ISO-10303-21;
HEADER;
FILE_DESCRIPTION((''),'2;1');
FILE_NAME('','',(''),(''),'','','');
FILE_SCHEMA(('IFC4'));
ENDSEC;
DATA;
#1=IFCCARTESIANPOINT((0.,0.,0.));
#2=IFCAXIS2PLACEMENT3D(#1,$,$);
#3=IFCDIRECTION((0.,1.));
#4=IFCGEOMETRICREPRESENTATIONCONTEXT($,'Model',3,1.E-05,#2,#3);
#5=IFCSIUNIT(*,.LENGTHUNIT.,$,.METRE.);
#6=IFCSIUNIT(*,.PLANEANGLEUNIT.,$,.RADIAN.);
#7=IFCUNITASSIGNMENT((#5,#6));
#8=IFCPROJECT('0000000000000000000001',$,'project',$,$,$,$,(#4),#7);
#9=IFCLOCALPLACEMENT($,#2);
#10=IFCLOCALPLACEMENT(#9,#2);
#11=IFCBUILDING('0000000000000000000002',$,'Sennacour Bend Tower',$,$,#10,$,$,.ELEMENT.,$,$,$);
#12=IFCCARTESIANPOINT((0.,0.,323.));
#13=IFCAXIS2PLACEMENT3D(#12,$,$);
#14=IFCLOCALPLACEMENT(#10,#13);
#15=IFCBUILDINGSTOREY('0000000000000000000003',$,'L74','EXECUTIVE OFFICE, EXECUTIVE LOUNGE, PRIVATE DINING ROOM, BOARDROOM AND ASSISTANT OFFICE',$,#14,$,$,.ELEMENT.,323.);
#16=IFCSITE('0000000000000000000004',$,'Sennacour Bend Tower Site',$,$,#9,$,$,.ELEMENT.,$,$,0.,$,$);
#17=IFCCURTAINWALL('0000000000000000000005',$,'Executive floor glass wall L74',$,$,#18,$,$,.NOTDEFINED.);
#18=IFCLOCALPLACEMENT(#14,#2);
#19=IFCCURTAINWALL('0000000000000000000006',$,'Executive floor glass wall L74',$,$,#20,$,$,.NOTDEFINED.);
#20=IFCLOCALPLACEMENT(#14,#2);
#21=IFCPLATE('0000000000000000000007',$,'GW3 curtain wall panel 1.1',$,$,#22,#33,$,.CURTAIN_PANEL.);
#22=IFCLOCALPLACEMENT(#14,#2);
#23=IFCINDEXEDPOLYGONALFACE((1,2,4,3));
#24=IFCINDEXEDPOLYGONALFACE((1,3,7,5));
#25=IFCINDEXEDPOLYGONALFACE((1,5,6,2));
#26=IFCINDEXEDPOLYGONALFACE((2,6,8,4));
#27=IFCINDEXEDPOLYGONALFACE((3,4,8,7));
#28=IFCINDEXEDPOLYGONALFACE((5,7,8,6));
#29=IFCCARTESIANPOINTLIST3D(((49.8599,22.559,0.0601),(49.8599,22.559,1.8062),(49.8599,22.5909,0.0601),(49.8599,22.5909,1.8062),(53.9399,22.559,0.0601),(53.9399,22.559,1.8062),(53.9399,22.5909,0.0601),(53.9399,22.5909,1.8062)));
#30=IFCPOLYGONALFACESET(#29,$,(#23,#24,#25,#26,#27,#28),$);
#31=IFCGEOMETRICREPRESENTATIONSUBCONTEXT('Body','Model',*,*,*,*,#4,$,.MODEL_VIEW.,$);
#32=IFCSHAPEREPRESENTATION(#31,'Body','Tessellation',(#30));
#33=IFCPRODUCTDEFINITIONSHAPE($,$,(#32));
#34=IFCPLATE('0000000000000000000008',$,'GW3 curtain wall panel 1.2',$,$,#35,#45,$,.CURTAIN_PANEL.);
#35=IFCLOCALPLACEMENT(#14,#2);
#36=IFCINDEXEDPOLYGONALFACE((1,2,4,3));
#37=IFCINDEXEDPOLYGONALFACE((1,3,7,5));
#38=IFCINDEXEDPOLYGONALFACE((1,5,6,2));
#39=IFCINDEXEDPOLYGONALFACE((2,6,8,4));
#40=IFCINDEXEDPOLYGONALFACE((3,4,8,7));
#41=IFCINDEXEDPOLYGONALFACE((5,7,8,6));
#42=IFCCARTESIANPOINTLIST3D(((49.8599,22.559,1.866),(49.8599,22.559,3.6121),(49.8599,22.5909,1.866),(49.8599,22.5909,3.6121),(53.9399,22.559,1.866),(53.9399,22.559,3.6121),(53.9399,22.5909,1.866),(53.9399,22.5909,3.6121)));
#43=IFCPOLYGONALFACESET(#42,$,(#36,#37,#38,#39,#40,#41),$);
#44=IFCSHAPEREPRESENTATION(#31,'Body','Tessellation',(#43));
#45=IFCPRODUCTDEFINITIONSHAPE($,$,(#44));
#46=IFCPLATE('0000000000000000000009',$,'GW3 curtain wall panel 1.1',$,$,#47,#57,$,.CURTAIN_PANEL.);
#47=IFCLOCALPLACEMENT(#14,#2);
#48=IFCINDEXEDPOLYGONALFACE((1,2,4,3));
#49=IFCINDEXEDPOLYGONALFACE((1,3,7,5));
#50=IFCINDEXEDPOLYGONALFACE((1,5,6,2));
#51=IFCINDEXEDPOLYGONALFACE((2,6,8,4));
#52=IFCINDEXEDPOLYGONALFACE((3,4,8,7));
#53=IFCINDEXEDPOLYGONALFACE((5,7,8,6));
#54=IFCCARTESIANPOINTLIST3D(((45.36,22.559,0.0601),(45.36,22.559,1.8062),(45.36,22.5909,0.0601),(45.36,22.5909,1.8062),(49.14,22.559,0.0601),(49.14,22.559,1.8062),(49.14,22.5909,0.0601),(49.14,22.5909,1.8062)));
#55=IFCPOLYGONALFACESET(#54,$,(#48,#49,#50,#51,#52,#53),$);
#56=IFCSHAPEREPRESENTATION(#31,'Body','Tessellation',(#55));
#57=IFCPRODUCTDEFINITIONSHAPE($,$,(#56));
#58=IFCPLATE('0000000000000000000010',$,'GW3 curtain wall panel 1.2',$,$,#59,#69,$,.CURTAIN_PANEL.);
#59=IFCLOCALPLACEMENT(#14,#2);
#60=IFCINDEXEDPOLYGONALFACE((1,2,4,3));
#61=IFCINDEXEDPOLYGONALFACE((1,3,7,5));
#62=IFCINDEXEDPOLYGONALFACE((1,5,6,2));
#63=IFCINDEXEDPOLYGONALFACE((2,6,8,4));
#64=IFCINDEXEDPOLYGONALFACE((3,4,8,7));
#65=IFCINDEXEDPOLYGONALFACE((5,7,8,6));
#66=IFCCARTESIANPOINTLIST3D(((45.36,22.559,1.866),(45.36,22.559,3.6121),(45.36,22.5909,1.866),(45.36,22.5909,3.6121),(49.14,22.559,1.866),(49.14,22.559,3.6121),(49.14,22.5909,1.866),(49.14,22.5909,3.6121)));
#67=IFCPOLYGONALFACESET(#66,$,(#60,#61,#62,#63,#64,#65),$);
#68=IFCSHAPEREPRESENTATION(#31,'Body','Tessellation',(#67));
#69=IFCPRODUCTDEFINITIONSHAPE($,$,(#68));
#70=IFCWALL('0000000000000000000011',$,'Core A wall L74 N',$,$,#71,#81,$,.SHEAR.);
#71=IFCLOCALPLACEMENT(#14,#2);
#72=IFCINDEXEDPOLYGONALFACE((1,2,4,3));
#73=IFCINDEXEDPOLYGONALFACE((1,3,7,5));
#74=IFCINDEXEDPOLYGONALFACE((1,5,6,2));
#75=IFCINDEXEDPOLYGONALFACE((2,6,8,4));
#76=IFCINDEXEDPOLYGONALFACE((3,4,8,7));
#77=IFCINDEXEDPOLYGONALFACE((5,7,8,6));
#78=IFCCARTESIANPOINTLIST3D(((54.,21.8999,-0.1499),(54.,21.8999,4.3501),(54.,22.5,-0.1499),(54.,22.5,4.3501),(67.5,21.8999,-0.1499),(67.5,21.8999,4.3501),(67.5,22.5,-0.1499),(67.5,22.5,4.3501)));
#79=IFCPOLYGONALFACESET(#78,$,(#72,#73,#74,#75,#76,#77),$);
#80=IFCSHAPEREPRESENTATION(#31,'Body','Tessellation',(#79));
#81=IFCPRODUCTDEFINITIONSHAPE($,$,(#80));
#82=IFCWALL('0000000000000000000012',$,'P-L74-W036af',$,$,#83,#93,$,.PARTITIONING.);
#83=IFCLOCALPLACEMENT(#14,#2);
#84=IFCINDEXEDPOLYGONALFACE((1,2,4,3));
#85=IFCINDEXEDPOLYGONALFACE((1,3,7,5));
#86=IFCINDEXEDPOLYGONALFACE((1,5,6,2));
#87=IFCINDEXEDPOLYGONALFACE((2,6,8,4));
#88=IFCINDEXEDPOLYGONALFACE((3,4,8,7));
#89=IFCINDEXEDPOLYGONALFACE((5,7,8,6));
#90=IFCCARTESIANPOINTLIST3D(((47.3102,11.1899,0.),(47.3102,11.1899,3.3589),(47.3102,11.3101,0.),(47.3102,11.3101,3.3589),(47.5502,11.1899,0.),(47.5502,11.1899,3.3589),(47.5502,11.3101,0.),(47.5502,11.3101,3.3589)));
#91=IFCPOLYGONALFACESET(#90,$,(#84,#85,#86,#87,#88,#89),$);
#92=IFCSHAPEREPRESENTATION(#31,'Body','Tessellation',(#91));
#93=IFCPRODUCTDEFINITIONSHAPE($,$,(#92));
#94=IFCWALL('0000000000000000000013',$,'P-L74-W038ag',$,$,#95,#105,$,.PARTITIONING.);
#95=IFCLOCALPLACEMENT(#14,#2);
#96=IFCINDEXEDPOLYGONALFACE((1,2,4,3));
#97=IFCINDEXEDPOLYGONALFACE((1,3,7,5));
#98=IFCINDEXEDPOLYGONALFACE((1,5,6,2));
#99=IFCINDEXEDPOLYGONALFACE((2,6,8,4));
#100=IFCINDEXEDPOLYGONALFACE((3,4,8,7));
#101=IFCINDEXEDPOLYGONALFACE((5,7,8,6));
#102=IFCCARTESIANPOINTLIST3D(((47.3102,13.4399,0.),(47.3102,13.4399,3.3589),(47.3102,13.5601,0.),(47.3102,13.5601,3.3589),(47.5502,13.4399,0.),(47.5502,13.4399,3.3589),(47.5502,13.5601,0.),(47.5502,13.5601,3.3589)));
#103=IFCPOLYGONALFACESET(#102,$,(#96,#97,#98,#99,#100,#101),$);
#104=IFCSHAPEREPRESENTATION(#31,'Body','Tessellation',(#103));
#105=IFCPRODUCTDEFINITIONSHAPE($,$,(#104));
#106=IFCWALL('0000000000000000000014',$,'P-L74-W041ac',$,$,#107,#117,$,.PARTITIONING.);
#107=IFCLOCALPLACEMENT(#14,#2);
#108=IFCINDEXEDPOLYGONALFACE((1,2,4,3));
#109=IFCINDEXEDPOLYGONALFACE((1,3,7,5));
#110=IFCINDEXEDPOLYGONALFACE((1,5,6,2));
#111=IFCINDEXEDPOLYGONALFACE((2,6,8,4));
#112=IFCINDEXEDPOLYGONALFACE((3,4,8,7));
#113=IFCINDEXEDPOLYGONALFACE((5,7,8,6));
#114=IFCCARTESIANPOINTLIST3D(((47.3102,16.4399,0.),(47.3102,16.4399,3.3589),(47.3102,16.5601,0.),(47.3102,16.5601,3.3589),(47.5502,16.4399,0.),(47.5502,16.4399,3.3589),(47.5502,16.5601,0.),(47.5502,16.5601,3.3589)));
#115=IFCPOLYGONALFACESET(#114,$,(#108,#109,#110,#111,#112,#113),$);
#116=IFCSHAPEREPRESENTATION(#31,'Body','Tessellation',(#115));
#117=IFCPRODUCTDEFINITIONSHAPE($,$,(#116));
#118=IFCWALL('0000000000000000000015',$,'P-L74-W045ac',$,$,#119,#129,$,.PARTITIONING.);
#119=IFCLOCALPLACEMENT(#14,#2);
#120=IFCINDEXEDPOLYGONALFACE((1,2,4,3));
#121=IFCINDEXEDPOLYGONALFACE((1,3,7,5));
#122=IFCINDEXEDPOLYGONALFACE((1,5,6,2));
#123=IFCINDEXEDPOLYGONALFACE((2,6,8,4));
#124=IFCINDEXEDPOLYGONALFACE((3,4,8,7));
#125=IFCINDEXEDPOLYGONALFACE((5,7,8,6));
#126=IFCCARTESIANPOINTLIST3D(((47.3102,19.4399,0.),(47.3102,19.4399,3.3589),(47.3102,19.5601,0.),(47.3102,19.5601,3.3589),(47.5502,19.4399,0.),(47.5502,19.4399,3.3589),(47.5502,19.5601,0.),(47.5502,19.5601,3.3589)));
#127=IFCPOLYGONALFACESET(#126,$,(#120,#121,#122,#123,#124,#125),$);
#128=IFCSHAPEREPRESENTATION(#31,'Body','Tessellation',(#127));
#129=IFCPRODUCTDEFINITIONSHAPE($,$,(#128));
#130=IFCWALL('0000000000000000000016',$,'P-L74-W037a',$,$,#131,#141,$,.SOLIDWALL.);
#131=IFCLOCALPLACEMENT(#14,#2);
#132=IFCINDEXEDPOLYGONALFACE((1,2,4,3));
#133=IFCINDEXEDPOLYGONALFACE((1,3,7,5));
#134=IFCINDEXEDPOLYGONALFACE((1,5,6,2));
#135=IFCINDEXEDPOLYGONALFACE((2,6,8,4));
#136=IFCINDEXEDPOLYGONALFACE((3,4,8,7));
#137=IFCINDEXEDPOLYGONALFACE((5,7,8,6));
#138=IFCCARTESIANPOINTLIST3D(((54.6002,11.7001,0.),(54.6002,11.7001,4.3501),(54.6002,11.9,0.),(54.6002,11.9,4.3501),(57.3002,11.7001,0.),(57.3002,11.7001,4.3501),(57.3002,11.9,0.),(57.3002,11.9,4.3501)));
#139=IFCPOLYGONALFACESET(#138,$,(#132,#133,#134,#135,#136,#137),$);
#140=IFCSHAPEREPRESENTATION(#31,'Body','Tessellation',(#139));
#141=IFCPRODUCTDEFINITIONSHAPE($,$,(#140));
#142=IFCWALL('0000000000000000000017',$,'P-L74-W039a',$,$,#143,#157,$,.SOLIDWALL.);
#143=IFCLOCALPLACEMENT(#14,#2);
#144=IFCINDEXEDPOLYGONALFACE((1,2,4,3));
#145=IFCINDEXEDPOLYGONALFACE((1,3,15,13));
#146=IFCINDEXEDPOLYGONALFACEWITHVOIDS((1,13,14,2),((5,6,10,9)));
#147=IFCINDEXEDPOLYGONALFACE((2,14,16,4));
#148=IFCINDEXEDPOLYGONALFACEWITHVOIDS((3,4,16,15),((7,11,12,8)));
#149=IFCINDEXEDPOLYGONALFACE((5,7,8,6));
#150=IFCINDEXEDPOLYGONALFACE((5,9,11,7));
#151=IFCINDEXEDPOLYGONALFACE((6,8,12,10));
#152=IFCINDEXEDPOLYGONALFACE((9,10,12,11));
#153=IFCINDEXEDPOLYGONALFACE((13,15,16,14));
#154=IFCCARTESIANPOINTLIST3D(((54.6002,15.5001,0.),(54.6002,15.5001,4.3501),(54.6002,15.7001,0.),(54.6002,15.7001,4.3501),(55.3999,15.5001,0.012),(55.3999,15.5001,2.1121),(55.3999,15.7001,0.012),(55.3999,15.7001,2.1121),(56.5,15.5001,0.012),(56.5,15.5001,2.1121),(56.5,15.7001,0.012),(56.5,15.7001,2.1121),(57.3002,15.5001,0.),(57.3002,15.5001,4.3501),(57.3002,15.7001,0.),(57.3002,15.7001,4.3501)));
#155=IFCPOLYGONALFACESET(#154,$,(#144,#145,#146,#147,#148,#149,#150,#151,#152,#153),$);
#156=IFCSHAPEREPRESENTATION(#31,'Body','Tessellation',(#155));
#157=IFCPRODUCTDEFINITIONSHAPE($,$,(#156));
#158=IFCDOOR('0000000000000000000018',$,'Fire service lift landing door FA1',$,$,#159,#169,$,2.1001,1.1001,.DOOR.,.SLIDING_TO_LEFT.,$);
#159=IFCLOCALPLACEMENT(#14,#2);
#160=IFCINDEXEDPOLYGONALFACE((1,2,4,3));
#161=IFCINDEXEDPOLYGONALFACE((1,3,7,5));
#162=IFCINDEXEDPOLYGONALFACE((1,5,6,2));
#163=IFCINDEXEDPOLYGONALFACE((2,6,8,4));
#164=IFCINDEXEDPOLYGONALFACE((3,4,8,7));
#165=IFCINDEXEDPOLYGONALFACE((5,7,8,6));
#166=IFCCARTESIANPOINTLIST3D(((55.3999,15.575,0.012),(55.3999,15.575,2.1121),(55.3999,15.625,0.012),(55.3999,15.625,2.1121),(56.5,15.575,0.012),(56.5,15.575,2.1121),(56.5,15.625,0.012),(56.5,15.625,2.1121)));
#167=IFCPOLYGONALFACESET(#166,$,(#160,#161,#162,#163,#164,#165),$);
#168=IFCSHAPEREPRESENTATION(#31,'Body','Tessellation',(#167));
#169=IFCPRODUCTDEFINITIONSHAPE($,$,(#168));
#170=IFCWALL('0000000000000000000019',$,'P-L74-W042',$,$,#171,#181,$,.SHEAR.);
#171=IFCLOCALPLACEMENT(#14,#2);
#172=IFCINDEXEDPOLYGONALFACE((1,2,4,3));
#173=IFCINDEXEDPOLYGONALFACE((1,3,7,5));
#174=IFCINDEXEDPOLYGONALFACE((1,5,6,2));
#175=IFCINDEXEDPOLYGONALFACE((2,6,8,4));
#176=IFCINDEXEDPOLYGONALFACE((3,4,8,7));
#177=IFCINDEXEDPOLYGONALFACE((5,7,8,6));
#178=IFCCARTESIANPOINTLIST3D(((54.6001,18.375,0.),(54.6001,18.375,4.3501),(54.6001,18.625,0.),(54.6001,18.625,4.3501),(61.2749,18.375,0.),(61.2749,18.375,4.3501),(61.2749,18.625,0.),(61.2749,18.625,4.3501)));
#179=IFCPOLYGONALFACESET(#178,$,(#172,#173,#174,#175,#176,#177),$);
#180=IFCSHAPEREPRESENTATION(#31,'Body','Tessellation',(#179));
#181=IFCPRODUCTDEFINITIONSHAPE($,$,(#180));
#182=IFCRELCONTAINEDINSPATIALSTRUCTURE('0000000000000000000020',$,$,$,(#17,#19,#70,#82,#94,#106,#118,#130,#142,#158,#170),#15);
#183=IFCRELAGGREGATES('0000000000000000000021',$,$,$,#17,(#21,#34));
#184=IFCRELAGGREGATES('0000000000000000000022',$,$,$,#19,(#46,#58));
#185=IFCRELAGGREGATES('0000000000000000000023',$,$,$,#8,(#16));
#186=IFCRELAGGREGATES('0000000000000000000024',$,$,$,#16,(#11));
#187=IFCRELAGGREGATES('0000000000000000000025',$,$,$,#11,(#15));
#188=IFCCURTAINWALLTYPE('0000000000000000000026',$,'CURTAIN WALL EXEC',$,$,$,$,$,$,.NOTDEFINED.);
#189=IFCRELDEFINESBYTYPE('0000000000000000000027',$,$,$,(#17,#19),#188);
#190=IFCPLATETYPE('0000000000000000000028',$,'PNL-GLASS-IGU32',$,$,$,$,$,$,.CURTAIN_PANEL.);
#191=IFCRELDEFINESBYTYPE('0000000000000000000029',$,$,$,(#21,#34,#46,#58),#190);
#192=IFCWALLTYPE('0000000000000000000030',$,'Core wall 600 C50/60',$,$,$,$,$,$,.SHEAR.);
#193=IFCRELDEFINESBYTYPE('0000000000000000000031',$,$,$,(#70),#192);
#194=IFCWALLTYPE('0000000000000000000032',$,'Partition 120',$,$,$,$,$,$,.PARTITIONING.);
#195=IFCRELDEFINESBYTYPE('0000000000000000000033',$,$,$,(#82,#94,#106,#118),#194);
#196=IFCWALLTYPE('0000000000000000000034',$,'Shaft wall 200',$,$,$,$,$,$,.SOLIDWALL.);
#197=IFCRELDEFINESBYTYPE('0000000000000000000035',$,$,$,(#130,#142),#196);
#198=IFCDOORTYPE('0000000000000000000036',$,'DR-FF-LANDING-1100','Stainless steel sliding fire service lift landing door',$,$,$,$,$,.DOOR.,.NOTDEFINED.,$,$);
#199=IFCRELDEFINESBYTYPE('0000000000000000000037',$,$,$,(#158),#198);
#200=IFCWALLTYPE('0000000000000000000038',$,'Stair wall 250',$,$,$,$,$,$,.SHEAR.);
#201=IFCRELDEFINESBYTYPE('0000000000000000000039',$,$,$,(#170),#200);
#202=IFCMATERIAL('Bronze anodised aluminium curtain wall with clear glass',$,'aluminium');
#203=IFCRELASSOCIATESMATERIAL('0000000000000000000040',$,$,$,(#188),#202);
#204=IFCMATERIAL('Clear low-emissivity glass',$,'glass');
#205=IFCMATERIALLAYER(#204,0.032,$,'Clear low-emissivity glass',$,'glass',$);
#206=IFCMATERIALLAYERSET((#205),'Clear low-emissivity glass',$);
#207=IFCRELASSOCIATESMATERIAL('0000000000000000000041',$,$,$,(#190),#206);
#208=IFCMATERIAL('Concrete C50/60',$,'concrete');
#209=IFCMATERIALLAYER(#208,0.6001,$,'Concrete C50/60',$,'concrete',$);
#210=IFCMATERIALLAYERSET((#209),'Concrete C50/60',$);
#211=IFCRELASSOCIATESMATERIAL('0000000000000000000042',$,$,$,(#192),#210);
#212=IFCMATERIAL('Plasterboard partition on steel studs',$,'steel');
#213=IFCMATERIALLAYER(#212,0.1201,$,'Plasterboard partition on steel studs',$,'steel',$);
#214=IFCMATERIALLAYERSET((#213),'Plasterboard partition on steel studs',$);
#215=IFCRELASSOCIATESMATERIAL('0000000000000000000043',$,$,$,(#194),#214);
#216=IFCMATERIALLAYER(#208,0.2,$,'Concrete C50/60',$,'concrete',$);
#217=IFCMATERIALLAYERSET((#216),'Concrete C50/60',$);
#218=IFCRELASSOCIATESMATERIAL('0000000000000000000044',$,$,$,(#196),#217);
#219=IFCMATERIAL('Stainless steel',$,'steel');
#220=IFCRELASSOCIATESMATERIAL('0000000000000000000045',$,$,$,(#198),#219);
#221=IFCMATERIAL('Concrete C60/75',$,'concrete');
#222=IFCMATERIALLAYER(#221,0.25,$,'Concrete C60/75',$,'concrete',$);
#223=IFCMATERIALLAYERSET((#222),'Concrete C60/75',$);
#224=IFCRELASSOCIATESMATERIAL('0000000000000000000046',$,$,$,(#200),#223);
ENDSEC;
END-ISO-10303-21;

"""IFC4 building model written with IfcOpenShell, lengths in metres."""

from ifc_helpers import new_model, si_unit, direction, frame, frame_2d, origin, origin_2d, place, context, subcontext, project, spatial, rectangle, extrude, material, layer, layer_set, type_object, element, fill, aggregate, save


model = new_model("IFC4")

# Units and contexts
model_context = context("Model", 3, precision=1e-05, world=origin(), true_north=direction((0.0, 1.0)))
body_context = subcontext(model_context, "Body", "Model", "MODEL_VIEW")
ifc_project = project(units=[si_unit("LENGTHUNIT", "METRE"), si_unit("PLANEANGLEUNIT", "RADIAN")], contexts=[model_context])

# Site, building, storey
site_placement = place(None, origin())
site = spatial("IfcSite", under=ifc_project, at=site_placement, Name="Sennacour Bend Tower Site", CompositionType="ELEMENT", RefElevation=0.0)
building_placement = place(site_placement, origin())
building = spatial("IfcBuilding", under=site, at=building_placement, Name="Sennacour Bend Tower", CompositionType="ELEMENT")
storey_placement = place(building_placement, frame((0.0, 0.0, 323.0)))
storey = spatial("IfcBuildingStorey", under=building, at=storey_placement, Name="L74", Description="EXECUTIVE OFFICE, EXECUTIVE LOUNGE, PRIVATE DINING ROOM, BOARDROOM AND ASSISTANT OFFICE", CompositionType="ELEMENT", Elevation=323.0)

# Curtain wall
ifc_material_1 = material(Name="Bronze anodised aluminium curtain wall with clear glass", Category="aluminium")
curtain_wall_type = type_object("IfcCurtainWallType", Name="CURTAIN WALL EXEC", PredefinedType="NOTDEFINED", material=ifc_material_1)
curtain_wall_1_placement = place(storey_placement, origin())
curtain_wall_1 = element("IfcCurtainWall", 1, at=curtain_wall_1_placement, inside=storey, type_object=curtain_wall_type, Name="Executive floor glass wall L74", PredefinedType="NOTDEFINED")

# Curtain wall
curtain_wall_2_placement = place(storey_placement, origin())
curtain_wall_2 = element("IfcCurtainWall", 2, at=curtain_wall_2_placement, inside=storey, type_object=curtain_wall_type, Name="Executive floor glass wall L74", PredefinedType="NOTDEFINED")

# Plates
ifc_material_2 = material(Name="Clear low-emissivity glass", Category="glass")
ifc_layer_1 = layer(ifc_material_2, 0.032, Name="Clear low-emissivity glass", Category="glass")
ifc_layer_set_1 = layer_set([ifc_layer_1], Name="Clear low-emissivity glass")
plate_type = type_object("IfcPlateType", Name="PNL-GLASS-IGU32", PredefinedType="CURTAIN_PANEL", material=ifc_layer_set_1)
plate_1_placement = place(storey_placement, frame((51.8999, 22.575, 0.0601), z_axis=(0.0, 0.0, 1.0), x_axis=(-1.0, 0.0, 0.0)))
plate_1 = element("IfcPlate", 3, at=plate_1_placement, type_object=plate_type, Name="GW3 curtain wall panel 1.1", PredefinedType="CURTAIN_PANEL", context=body_context, shape_type="SweptSolid", body=[
    extrude(rectangle(XDim=4.0801, YDim=0.032, at=origin_2d()), origin(), (0.0, 0.0, 1.0), 1.7461),
])
plate_2_placement = place(storey_placement, frame((51.8999, 22.575, 1.866), z_axis=(0.0, 0.0, 1.0), x_axis=(-1.0, 0.0, 0.0)))
plate_2 = element("IfcPlate", 4, at=plate_2_placement, type_object=plate_type, Name="GW3 curtain wall panel 1.2", PredefinedType="CURTAIN_PANEL", context=body_context, shape_type="SweptSolid", body=[
    extrude(rectangle(XDim=4.0801, YDim=0.032, at=origin_2d()), origin(), (0.0, 0.0, 1.0), 1.7461),
])
aggregate(curtain_wall_1, [plate_1, plate_2])
plate_3_placement = place(storey_placement, frame((47.25, 22.575, 0.0601), z_axis=(0.0, 0.0, 1.0), x_axis=(-1.0, 0.0, 0.0)))
plate_3 = element("IfcPlate", 5, at=plate_3_placement, type_object=plate_type, Name="GW3 curtain wall panel 1.1", PredefinedType="CURTAIN_PANEL", context=body_context, shape_type="SweptSolid", body=[
    extrude(rectangle(XDim=3.78, YDim=0.032, at=origin_2d()), origin(), (0.0, 0.0, 1.0), 1.7461),
])
plate_4_placement = place(storey_placement, frame((47.25, 22.575, 1.866), z_axis=(0.0, 0.0, 1.0), x_axis=(-1.0, 0.0, 0.0)))
plate_4 = element("IfcPlate", 6, at=plate_4_placement, type_object=plate_type, Name="GW3 curtain wall panel 1.2", PredefinedType="CURTAIN_PANEL", context=body_context, shape_type="SweptSolid", body=[
    extrude(rectangle(XDim=3.78, YDim=0.032, at=origin_2d()), origin(), (0.0, 0.0, 1.0), 1.7461),
])
aggregate(curtain_wall_2, [plate_3, plate_4])

# Walls
ifc_material_3 = material(Name="Concrete C50/60", Category="concrete")
ifc_layer_2 = layer(ifc_material_3, 0.6001, Name="Concrete C50/60", Category="concrete")
ifc_layer_set_2 = layer_set([ifc_layer_2], Name="Concrete C50/60")
wall_type_1 = type_object("IfcWallType", Name="Core wall 600 C50/60", PredefinedType="SHEAR", material=ifc_layer_set_2)
wall_1_placement = place(storey_placement, frame((54.0, 22.2, -0.1499), z_axis=(0.0, 0.0, 1.0), x_axis=(1.0, 0.0, 0.0)))
element("IfcWall", 7, at=wall_1_placement, inside=storey, type_object=wall_type_1, Name="Core A wall L74 N", PredefinedType="SHEAR", context=body_context, shape_type="SweptSolid", body=[
    extrude(rectangle(XDim=13.5, YDim=0.6001, at=frame_2d((6.75, 0.0))), origin(), (0.0, 0.0, 1.0), 4.5),
])
ifc_material_4 = material(Name="Plasterboard partition on steel studs", Category="steel")
ifc_layer_3 = layer(ifc_material_4, 0.1201, Name="Plasterboard partition on steel studs", Category="steel")
ifc_layer_set_3 = layer_set([ifc_layer_3], Name="Plasterboard partition on steel studs")
wall_type_2 = type_object("IfcWallType", Name="Partition 120", PredefinedType="PARTITIONING", material=ifc_layer_set_3)
for number, where, z_axis, x_axis, name in (
    (8, (47.3101, 11.25, 0.0), (0.0, 0.0, 1.0), (1.0, 0.0, 0.0), "P-L74-W036af"),
    (9, (47.3101, 13.5, 0.0), (0.0, 0.0, 1.0), (1.0, 0.0, 0.0), "P-L74-W038ag"),
    (10, (47.3101, 16.5, 0.0), (0.0, 0.0, 1.0), (1.0, 0.0, 0.0), "P-L74-W041ac"),
    (11, (47.3101, 19.5, 0.0), (0.0, 0.0, 1.0), (1.0, 0.0, 0.0), "P-L74-W045ac"),
):
    element("IfcWall", number, at=place(storey_placement, frame(where, z_axis=z_axis, x_axis=x_axis)), inside=storey, type_object=wall_type_2, Name=name, PredefinedType="PARTITIONING", context=body_context, shape_type="SweptSolid", body=[
        extrude(rectangle(XDim=0.24, YDim=0.1201, at=frame_2d((0.1201, 0.0))), origin(), (0.0, 0.0, 1.0), 3.3589),
    ])
ifc_layer_4 = layer(ifc_material_3, 0.2, Name="Concrete C50/60", Category="concrete")
ifc_layer_set_4 = layer_set([ifc_layer_4], Name="Concrete C50/60")
wall_type_3 = type_object("IfcWallType", Name="Shaft wall 200", PredefinedType="SOLIDWALL", material=ifc_layer_set_4)
wall_2_placement = place(storey_placement, frame((54.6001, 11.8, 0.0), z_axis=(0.0, 0.0, 1.0), x_axis=(1.0, 0.0, 0.0)))
element("IfcWall", 12, at=wall_2_placement, inside=storey, type_object=wall_type_3, Name="P-L74-W037a", PredefinedType="SOLIDWALL", context=body_context, shape_type="SweptSolid", body=[
    extrude(rectangle(XDim=2.7, YDim=0.2, at=frame_2d((1.3501, 0.0))), origin(), (0.0, 0.0, 1.0), 4.3501),
])

# Wall, opening, door
wall_3_placement = place(storey_placement, frame((54.6001, 15.6001, 0.0), z_axis=(0.0, 0.0, 1.0), x_axis=(1.0, 0.0, 0.0)))
wall_3 = element("IfcWall", 13, at=wall_3_placement, inside=storey, type_object=wall_type_3, Name="P-L74-W039a", PredefinedType="SOLIDWALL", context=body_context, shape_type="SweptSolid", body=[
    extrude(rectangle(XDim=2.7, YDim=0.2, at=frame_2d((1.3501, 0.0))), origin(), (0.0, 0.0, 1.0), 4.3501),
])
opening_placement = place(wall_3_placement, frame((0.7998, 0.0, 0.012)))
opening = element("IfcOpeningElement", 14, at=opening_placement, cuts=wall_3, PredefinedType="OPENING", context=body_context, shape_type="SweptSolid", body=[
    extrude(rectangle(XDim=1.1001, YDim=2.1001, at=frame_2d((0.55, 1.05))), frame((0.0, 0.1099, 0.0), z_axis=(0.0, -1.0, 0.0), x_axis=(1.0, 0.0, 0.0)), (0.0, 0.0, 1.0), 0.22),
])
ifc_material_5 = material(Name="Stainless steel", Category="steel")
door_type = type_object("IfcDoorType", Name="DR-FF-LANDING-1100", Description="Stainless steel sliding fire service lift landing door", OperationType="NOTDEFINED", PredefinedType="DOOR", material=ifc_material_5)
door_placement = place(opening_placement, origin())
door = element("IfcDoor", 15, at=door_placement, inside=storey, type_object=door_type, Name="Fire service lift landing door FA1", OperationType="SLIDING_TO_LEFT", OverallHeight=2.1001, OverallWidth=1.1001, PredefinedType="DOOR", context=body_context, shape_type="SweptSolid", body=[
    extrude(rectangle(XDim=1.1001, YDim=2.1001, at=frame_2d((0.55, 1.05))), frame((0.0, 0.0249, 0.0), z_axis=(0.0, -1.0, 0.0), x_axis=(1.0, 0.0, 0.0)), (0.0, 0.0, 1.0), 0.05),
])
fill(opening, door)

# Wall
ifc_material_6 = material(Name="Concrete C60/75", Category="concrete")
ifc_layer_5 = layer(ifc_material_6, 0.25, Name="Concrete C60/75", Category="concrete")
ifc_layer_set_5 = layer_set([ifc_layer_5], Name="Concrete C60/75")
wall_type_4 = type_object("IfcWallType", Name="Stair wall 250", PredefinedType="SHEAR", material=ifc_layer_set_5)
wall_4_placement = place(storey_placement, frame((54.6001, 18.5, 0.0), z_axis=(0.0, 0.0, 1.0), x_axis=(1.0, 0.0, 0.0)))
element("IfcWall", 16, at=wall_4_placement, inside=storey, type_object=wall_type_4, Name="P-L74-W042", PredefinedType="SHEAR", context=body_context, shape_type="SweptSolid", body=[
    extrude(rectangle(XDim=6.6748, YDim=0.25, at=frame_2d((3.3374, 0.0))), origin(), (0.0, 0.0, 1.0), 4.3501),
])

save(model, "model.ifc")
